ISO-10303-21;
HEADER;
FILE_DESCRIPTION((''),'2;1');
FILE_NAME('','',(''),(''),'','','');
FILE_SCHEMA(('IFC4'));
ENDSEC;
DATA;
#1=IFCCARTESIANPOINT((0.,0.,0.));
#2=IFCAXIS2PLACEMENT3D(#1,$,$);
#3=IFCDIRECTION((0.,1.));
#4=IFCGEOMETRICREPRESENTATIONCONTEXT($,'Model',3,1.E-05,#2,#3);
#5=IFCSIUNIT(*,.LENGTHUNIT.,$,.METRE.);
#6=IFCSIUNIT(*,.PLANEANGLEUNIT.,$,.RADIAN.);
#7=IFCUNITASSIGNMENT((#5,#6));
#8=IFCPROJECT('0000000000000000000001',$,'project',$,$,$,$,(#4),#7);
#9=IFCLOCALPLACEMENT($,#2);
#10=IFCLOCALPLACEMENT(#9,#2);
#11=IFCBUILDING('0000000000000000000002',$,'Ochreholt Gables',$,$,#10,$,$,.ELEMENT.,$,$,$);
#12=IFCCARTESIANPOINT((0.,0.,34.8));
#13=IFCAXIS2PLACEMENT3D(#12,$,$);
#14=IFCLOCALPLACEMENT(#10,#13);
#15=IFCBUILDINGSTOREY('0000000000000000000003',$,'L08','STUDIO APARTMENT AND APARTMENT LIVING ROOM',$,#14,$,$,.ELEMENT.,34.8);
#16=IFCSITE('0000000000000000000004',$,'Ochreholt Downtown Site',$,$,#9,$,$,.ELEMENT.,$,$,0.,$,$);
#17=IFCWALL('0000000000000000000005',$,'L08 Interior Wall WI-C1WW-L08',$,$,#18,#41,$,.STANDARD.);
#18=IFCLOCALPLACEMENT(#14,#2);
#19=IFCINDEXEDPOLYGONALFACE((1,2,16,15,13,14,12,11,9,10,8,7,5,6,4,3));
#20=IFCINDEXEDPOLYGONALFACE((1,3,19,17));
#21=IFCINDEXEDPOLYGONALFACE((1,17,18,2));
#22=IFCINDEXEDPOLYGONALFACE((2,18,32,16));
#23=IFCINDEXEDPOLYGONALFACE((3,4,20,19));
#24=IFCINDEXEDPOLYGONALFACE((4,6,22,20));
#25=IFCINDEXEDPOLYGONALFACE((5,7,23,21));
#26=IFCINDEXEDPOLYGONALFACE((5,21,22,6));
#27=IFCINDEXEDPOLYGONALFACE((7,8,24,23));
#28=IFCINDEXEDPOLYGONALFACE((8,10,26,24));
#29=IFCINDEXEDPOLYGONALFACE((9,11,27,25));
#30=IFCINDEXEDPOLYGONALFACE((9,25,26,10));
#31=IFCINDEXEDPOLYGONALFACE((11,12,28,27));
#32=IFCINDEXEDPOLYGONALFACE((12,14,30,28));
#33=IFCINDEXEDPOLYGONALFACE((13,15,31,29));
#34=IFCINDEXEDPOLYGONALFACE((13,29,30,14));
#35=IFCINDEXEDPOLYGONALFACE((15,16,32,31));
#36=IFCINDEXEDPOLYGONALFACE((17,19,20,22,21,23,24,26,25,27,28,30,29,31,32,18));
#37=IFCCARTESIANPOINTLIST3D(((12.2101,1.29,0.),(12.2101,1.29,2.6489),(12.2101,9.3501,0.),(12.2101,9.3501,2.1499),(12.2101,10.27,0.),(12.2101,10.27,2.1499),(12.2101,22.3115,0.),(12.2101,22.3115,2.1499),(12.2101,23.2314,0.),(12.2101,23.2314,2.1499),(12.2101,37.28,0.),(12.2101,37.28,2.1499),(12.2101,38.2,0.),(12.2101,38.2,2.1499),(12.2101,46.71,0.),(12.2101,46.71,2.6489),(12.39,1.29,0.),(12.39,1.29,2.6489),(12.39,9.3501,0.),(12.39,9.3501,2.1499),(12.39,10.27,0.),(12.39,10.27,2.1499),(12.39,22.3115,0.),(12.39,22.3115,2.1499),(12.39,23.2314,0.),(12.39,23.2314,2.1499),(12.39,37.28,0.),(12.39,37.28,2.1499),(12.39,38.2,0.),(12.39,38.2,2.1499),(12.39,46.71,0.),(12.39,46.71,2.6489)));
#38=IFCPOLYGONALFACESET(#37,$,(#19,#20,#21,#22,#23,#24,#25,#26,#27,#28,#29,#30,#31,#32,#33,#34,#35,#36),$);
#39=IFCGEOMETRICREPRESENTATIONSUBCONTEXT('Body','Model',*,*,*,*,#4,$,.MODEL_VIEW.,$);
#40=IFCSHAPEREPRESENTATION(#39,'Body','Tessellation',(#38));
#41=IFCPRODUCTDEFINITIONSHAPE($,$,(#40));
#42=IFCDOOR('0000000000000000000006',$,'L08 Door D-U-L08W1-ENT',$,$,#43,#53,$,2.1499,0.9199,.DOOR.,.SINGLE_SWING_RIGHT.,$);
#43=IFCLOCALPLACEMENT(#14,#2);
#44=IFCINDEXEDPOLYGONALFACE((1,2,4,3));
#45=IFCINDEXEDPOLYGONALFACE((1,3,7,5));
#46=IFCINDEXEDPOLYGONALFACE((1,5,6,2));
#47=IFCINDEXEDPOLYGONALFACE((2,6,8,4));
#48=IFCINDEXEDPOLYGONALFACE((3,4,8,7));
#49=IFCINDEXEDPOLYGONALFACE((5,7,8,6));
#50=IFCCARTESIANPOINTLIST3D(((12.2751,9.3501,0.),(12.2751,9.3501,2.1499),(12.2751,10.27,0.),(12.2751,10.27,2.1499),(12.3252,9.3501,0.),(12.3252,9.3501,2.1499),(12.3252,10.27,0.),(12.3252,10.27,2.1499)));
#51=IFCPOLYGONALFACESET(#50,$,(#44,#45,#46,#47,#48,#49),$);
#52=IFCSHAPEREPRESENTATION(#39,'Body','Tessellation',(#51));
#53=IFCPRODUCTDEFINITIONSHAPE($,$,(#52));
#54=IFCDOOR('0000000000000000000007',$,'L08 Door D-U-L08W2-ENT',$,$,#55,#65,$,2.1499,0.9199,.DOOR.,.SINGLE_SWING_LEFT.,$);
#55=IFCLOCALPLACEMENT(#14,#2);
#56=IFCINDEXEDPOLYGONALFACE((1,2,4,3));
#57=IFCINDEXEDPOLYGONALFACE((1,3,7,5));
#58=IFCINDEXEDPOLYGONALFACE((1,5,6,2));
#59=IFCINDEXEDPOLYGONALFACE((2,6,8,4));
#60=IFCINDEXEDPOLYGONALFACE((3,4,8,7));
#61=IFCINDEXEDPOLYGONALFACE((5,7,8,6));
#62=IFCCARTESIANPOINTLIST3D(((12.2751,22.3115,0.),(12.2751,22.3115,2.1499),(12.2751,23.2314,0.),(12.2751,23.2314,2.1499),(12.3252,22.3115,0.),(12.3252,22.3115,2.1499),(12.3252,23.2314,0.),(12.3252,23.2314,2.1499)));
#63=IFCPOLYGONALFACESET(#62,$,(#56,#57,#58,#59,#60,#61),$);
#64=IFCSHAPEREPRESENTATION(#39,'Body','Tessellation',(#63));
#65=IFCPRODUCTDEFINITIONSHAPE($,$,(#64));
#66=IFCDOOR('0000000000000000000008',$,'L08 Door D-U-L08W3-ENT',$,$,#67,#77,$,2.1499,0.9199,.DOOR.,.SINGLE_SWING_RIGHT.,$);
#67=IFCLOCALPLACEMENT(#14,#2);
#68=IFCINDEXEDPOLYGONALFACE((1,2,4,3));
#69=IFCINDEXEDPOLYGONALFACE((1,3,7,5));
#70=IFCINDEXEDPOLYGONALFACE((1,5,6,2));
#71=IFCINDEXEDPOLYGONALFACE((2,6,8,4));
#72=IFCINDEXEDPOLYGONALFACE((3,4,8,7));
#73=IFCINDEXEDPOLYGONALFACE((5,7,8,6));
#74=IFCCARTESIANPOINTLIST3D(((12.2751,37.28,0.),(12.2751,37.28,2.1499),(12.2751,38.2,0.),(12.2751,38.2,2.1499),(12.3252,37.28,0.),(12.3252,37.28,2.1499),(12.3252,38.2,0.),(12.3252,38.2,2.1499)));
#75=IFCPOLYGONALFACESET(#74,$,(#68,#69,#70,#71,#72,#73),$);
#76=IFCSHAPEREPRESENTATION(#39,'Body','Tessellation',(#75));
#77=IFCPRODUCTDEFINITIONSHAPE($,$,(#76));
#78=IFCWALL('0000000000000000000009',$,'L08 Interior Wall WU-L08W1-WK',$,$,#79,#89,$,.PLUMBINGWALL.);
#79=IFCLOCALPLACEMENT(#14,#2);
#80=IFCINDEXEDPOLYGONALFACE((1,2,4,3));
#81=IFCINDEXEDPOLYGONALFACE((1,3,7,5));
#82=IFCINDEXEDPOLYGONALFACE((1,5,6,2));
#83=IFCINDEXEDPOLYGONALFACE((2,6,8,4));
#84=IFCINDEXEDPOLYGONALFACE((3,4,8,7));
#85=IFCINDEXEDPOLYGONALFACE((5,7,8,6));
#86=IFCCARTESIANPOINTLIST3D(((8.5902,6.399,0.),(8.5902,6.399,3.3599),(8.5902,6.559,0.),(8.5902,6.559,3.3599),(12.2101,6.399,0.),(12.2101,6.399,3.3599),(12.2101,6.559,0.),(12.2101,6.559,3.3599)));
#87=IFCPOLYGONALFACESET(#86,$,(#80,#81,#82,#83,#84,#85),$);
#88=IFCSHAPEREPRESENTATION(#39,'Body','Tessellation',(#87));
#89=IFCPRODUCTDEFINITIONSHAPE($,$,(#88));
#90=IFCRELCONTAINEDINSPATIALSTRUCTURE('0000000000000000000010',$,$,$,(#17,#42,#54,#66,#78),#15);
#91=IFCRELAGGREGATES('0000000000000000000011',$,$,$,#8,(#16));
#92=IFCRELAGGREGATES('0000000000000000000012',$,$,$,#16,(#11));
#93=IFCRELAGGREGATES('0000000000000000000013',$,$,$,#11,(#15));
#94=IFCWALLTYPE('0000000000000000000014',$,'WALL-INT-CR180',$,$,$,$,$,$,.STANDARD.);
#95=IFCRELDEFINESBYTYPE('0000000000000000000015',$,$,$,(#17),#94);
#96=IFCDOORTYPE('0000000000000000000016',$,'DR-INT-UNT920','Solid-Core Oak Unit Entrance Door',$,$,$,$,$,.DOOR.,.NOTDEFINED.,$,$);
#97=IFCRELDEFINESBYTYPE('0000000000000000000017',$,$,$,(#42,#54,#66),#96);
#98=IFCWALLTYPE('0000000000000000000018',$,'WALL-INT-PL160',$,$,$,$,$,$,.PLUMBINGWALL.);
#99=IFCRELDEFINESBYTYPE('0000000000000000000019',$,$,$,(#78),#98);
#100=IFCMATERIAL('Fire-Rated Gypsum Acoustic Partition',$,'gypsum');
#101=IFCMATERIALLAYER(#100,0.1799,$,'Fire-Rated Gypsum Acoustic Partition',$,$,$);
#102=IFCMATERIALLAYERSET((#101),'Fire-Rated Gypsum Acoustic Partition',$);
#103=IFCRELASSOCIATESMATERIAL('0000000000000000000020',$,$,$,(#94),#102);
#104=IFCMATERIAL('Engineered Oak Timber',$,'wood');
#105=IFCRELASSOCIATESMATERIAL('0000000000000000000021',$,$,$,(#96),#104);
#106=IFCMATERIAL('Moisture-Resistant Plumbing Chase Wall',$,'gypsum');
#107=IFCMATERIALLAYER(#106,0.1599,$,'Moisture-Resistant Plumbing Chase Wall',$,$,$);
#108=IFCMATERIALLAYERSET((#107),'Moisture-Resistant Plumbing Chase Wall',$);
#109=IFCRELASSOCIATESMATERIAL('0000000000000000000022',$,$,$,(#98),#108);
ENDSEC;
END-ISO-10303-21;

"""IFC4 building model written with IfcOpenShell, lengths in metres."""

from ifc_helpers import new_model, si_unit, direction, frame, frame_2d, origin, place, context, subcontext, project, spatial, rectangle, extrude, material, layer, layer_set, type_object, element, fill, save


model = new_model("IFC4")

# Units and contexts
model_context = context("Model", 3, precision=1e-05, world=origin(), true_north=direction((0.0, 1.0)))
body_context = subcontext(model_context, "Body", "Model", "MODEL_VIEW")
ifc_project = project(units=[si_unit("LENGTHUNIT", "METRE"), si_unit("PLANEANGLEUNIT", "RADIAN")], contexts=[model_context])

# Site, building, storey
site_placement = place(None, origin())
site = spatial("IfcSite", under=ifc_project, at=site_placement, Name="Ochreholt Downtown Site", CompositionType="ELEMENT", RefElevation=0.0)
building_placement = place(site_placement, origin())
building = spatial("IfcBuilding", under=site, at=building_placement, Name="Ochreholt Gables", CompositionType="ELEMENT")
storey_placement = place(building_placement, frame((0.0, 0.0, 34.8)))
storey = spatial("IfcBuildingStorey", under=building, at=storey_placement, Name="L08", Description="STUDIO APARTMENT AND APARTMENT LIVING ROOM", CompositionType="ELEMENT", Elevation=34.8)

# Wall, openings, doors
ifc_material_1 = material(Name="Fire-Rated Gypsum Acoustic Partition", Category="gypsum")
ifc_layer_1 = layer(ifc_material_1, 0.1799, Name="Fire-Rated Gypsum Acoustic Partition")
ifc_layer_set_1 = layer_set([ifc_layer_1], Name="Fire-Rated Gypsum Acoustic Partition")
wall_type_1 = type_object("IfcWallType", Name="WALL-INT-CR180", PredefinedType="STANDARD", material=ifc_layer_set_1)
wall_1_placement = place(storey_placement, frame((12.3, 1.29, 0.0), z_axis=(0.0, 0.0, 1.0), x_axis=(0.0, 1.0, 0.0)))
wall_1 = element("IfcWall", 1, at=wall_1_placement, inside=storey, type_object=wall_type_1, Name="L08 Interior Wall WI-C1WW-L08", PredefinedType="STANDARD", context=body_context, shape_type="SweptSolid", body=[
    extrude(rectangle(XDim=45.4199, YDim=0.1799, at=frame_2d((22.71, 0.0))), origin(), (0.0, 0.0, 1.0), 2.6489),
])
opening_1_placement = place(wall_1_placement, frame((8.0601, 0.0, 0.0)))
opening_1 = element("IfcOpeningElement", 2, at=opening_1_placement, cuts=wall_1, PredefinedType="OPENING", context=body_context, shape_type="SweptSolid", body=[
    extrude(rectangle(XDim=0.9199, YDim=2.1499, at=frame_2d((0.46, 1.075))), frame((0.0, 0.0999, 0.0), z_axis=(0.0, -1.0, 0.0), x_axis=(1.0, 0.0, 0.0)), (0.0, 0.0, 1.0), 0.2),
])
opening_2_placement = place(wall_1_placement, frame((21.0215, 0.0, 0.0)))
opening_2 = element("IfcOpeningElement", 3, at=opening_2_placement, cuts=wall_1, PredefinedType="OPENING", context=body_context, shape_type="SweptSolid", body=[
    extrude(rectangle(XDim=0.9199, YDim=2.1499, at=frame_2d((0.46, 1.075))), frame((0.0, 0.0999, 0.0), z_axis=(0.0, -1.0, 0.0), x_axis=(1.0, 0.0, 0.0)), (0.0, 0.0, 1.0), 0.2),
])
opening_3_placement = place(wall_1_placement, frame((35.99, 0.0, 0.0)))
opening_3 = element("IfcOpeningElement", 4, at=opening_3_placement, cuts=wall_1, PredefinedType="OPENING", context=body_context, shape_type="SweptSolid", body=[
    extrude(rectangle(XDim=0.9199, YDim=2.1499, at=frame_2d((0.46, 1.075))), frame((0.0, 0.0999, 0.0), z_axis=(0.0, -1.0, 0.0), x_axis=(1.0, 0.0, 0.0)), (0.0, 0.0, 1.0), 0.2),
])
ifc_material_2 = material(Name="Engineered Oak Timber", Category="wood")
door_type_1 = type_object("IfcDoorType", Name="DR-INT-UNT920", Description="Solid-Core Oak Unit Entrance Door", OperationType="NOTDEFINED", PredefinedType="DOOR", material=ifc_material_2)
door_1_placement = place(opening_1_placement, origin())
door_1 = element("IfcDoor", 5, at=door_1_placement, inside=storey, type_object=door_type_1, Name="L08 Door D-U-L08W1-ENT", OperationType="SINGLE_SWING_RIGHT", OverallHeight=2.1499, OverallWidth=0.9199, PredefinedType="DOOR", context=body_context, shape_type="SweptSolid", body=[
    extrude(rectangle(XDim=0.9199, YDim=2.1499, at=frame_2d((0.46, 1.075))), frame((0.0, 0.0249, 0.0), z_axis=(0.0, -1.0, 0.0), x_axis=(1.0, 0.0, 0.0)), (0.0, 0.0, 1.0), 0.05),
])
fill(opening_1, door_1)
door_2_placement = place(opening_2_placement, origin())
door_2 = element("IfcDoor", 6, at=door_2_placement, inside=storey, type_object=door_type_1, Name="L08 Door D-U-L08W2-ENT", OperationType="SINGLE_SWING_LEFT", OverallHeight=2.1499, OverallWidth=0.9199, PredefinedType="DOOR", context=body_context, shape_type="SweptSolid", body=[
    extrude(rectangle(XDim=0.9199, YDim=2.1499, at=frame_2d((0.46, 1.075))), frame((0.0, 0.0249, 0.0), z_axis=(0.0, -1.0, 0.0), x_axis=(1.0, 0.0, 0.0)), (0.0, 0.0, 1.0), 0.05),
])
fill(opening_2, door_2)
door_3_placement = place(opening_3_placement, origin())
door_3 = element("IfcDoor", 7, at=door_3_placement, inside=storey, type_object=door_type_1, Name="L08 Door D-U-L08W3-ENT", OperationType="SINGLE_SWING_RIGHT", OverallHeight=2.1499, OverallWidth=0.9199, PredefinedType="DOOR", context=body_context, shape_type="SweptSolid", body=[
    extrude(rectangle(XDim=0.9199, YDim=2.1499, at=frame_2d((0.46, 1.075))), frame((0.0, 0.0249, 0.0), z_axis=(0.0, -1.0, 0.0), x_axis=(1.0, 0.0, 0.0)), (0.0, 0.0, 1.0), 0.05),
])
fill(opening_3, door_3)
ifc_material_3 = material(Name="Moisture-Resistant Plumbing Chase Wall", Category="gypsum")
ifc_layer_2 = layer(ifc_material_3, 0.1599, Name="Moisture-Resistant Plumbing Chase Wall")
ifc_layer_set_2 = layer_set([ifc_layer_2], Name="Moisture-Resistant Plumbing Chase Wall")
wall_type_2 = type_object("IfcWallType", Name="WALL-INT-PL160", PredefinedType="PLUMBINGWALL", material=ifc_layer_set_2)

# Wall
wall_2_placement = place(storey_placement, frame((8.5901, 6.479, 0.0), z_axis=(0.0, 0.0, 1.0), x_axis=(1.0, 0.0, 0.0)))
element("IfcWall", 8, at=wall_2_placement, inside=storey, type_object=wall_type_2, Name="L08 Interior Wall WU-L08W1-WK", PredefinedType="PLUMBINGWALL", context=body_context, shape_type="SweptSolid", body=[
    extrude(rectangle(XDim=3.6199, YDim=0.1599, at=frame_2d((1.8101, 0.0))), origin(), (0.0, 0.0, 1.0), 3.3599),
])

save(model, "model.ifc")
